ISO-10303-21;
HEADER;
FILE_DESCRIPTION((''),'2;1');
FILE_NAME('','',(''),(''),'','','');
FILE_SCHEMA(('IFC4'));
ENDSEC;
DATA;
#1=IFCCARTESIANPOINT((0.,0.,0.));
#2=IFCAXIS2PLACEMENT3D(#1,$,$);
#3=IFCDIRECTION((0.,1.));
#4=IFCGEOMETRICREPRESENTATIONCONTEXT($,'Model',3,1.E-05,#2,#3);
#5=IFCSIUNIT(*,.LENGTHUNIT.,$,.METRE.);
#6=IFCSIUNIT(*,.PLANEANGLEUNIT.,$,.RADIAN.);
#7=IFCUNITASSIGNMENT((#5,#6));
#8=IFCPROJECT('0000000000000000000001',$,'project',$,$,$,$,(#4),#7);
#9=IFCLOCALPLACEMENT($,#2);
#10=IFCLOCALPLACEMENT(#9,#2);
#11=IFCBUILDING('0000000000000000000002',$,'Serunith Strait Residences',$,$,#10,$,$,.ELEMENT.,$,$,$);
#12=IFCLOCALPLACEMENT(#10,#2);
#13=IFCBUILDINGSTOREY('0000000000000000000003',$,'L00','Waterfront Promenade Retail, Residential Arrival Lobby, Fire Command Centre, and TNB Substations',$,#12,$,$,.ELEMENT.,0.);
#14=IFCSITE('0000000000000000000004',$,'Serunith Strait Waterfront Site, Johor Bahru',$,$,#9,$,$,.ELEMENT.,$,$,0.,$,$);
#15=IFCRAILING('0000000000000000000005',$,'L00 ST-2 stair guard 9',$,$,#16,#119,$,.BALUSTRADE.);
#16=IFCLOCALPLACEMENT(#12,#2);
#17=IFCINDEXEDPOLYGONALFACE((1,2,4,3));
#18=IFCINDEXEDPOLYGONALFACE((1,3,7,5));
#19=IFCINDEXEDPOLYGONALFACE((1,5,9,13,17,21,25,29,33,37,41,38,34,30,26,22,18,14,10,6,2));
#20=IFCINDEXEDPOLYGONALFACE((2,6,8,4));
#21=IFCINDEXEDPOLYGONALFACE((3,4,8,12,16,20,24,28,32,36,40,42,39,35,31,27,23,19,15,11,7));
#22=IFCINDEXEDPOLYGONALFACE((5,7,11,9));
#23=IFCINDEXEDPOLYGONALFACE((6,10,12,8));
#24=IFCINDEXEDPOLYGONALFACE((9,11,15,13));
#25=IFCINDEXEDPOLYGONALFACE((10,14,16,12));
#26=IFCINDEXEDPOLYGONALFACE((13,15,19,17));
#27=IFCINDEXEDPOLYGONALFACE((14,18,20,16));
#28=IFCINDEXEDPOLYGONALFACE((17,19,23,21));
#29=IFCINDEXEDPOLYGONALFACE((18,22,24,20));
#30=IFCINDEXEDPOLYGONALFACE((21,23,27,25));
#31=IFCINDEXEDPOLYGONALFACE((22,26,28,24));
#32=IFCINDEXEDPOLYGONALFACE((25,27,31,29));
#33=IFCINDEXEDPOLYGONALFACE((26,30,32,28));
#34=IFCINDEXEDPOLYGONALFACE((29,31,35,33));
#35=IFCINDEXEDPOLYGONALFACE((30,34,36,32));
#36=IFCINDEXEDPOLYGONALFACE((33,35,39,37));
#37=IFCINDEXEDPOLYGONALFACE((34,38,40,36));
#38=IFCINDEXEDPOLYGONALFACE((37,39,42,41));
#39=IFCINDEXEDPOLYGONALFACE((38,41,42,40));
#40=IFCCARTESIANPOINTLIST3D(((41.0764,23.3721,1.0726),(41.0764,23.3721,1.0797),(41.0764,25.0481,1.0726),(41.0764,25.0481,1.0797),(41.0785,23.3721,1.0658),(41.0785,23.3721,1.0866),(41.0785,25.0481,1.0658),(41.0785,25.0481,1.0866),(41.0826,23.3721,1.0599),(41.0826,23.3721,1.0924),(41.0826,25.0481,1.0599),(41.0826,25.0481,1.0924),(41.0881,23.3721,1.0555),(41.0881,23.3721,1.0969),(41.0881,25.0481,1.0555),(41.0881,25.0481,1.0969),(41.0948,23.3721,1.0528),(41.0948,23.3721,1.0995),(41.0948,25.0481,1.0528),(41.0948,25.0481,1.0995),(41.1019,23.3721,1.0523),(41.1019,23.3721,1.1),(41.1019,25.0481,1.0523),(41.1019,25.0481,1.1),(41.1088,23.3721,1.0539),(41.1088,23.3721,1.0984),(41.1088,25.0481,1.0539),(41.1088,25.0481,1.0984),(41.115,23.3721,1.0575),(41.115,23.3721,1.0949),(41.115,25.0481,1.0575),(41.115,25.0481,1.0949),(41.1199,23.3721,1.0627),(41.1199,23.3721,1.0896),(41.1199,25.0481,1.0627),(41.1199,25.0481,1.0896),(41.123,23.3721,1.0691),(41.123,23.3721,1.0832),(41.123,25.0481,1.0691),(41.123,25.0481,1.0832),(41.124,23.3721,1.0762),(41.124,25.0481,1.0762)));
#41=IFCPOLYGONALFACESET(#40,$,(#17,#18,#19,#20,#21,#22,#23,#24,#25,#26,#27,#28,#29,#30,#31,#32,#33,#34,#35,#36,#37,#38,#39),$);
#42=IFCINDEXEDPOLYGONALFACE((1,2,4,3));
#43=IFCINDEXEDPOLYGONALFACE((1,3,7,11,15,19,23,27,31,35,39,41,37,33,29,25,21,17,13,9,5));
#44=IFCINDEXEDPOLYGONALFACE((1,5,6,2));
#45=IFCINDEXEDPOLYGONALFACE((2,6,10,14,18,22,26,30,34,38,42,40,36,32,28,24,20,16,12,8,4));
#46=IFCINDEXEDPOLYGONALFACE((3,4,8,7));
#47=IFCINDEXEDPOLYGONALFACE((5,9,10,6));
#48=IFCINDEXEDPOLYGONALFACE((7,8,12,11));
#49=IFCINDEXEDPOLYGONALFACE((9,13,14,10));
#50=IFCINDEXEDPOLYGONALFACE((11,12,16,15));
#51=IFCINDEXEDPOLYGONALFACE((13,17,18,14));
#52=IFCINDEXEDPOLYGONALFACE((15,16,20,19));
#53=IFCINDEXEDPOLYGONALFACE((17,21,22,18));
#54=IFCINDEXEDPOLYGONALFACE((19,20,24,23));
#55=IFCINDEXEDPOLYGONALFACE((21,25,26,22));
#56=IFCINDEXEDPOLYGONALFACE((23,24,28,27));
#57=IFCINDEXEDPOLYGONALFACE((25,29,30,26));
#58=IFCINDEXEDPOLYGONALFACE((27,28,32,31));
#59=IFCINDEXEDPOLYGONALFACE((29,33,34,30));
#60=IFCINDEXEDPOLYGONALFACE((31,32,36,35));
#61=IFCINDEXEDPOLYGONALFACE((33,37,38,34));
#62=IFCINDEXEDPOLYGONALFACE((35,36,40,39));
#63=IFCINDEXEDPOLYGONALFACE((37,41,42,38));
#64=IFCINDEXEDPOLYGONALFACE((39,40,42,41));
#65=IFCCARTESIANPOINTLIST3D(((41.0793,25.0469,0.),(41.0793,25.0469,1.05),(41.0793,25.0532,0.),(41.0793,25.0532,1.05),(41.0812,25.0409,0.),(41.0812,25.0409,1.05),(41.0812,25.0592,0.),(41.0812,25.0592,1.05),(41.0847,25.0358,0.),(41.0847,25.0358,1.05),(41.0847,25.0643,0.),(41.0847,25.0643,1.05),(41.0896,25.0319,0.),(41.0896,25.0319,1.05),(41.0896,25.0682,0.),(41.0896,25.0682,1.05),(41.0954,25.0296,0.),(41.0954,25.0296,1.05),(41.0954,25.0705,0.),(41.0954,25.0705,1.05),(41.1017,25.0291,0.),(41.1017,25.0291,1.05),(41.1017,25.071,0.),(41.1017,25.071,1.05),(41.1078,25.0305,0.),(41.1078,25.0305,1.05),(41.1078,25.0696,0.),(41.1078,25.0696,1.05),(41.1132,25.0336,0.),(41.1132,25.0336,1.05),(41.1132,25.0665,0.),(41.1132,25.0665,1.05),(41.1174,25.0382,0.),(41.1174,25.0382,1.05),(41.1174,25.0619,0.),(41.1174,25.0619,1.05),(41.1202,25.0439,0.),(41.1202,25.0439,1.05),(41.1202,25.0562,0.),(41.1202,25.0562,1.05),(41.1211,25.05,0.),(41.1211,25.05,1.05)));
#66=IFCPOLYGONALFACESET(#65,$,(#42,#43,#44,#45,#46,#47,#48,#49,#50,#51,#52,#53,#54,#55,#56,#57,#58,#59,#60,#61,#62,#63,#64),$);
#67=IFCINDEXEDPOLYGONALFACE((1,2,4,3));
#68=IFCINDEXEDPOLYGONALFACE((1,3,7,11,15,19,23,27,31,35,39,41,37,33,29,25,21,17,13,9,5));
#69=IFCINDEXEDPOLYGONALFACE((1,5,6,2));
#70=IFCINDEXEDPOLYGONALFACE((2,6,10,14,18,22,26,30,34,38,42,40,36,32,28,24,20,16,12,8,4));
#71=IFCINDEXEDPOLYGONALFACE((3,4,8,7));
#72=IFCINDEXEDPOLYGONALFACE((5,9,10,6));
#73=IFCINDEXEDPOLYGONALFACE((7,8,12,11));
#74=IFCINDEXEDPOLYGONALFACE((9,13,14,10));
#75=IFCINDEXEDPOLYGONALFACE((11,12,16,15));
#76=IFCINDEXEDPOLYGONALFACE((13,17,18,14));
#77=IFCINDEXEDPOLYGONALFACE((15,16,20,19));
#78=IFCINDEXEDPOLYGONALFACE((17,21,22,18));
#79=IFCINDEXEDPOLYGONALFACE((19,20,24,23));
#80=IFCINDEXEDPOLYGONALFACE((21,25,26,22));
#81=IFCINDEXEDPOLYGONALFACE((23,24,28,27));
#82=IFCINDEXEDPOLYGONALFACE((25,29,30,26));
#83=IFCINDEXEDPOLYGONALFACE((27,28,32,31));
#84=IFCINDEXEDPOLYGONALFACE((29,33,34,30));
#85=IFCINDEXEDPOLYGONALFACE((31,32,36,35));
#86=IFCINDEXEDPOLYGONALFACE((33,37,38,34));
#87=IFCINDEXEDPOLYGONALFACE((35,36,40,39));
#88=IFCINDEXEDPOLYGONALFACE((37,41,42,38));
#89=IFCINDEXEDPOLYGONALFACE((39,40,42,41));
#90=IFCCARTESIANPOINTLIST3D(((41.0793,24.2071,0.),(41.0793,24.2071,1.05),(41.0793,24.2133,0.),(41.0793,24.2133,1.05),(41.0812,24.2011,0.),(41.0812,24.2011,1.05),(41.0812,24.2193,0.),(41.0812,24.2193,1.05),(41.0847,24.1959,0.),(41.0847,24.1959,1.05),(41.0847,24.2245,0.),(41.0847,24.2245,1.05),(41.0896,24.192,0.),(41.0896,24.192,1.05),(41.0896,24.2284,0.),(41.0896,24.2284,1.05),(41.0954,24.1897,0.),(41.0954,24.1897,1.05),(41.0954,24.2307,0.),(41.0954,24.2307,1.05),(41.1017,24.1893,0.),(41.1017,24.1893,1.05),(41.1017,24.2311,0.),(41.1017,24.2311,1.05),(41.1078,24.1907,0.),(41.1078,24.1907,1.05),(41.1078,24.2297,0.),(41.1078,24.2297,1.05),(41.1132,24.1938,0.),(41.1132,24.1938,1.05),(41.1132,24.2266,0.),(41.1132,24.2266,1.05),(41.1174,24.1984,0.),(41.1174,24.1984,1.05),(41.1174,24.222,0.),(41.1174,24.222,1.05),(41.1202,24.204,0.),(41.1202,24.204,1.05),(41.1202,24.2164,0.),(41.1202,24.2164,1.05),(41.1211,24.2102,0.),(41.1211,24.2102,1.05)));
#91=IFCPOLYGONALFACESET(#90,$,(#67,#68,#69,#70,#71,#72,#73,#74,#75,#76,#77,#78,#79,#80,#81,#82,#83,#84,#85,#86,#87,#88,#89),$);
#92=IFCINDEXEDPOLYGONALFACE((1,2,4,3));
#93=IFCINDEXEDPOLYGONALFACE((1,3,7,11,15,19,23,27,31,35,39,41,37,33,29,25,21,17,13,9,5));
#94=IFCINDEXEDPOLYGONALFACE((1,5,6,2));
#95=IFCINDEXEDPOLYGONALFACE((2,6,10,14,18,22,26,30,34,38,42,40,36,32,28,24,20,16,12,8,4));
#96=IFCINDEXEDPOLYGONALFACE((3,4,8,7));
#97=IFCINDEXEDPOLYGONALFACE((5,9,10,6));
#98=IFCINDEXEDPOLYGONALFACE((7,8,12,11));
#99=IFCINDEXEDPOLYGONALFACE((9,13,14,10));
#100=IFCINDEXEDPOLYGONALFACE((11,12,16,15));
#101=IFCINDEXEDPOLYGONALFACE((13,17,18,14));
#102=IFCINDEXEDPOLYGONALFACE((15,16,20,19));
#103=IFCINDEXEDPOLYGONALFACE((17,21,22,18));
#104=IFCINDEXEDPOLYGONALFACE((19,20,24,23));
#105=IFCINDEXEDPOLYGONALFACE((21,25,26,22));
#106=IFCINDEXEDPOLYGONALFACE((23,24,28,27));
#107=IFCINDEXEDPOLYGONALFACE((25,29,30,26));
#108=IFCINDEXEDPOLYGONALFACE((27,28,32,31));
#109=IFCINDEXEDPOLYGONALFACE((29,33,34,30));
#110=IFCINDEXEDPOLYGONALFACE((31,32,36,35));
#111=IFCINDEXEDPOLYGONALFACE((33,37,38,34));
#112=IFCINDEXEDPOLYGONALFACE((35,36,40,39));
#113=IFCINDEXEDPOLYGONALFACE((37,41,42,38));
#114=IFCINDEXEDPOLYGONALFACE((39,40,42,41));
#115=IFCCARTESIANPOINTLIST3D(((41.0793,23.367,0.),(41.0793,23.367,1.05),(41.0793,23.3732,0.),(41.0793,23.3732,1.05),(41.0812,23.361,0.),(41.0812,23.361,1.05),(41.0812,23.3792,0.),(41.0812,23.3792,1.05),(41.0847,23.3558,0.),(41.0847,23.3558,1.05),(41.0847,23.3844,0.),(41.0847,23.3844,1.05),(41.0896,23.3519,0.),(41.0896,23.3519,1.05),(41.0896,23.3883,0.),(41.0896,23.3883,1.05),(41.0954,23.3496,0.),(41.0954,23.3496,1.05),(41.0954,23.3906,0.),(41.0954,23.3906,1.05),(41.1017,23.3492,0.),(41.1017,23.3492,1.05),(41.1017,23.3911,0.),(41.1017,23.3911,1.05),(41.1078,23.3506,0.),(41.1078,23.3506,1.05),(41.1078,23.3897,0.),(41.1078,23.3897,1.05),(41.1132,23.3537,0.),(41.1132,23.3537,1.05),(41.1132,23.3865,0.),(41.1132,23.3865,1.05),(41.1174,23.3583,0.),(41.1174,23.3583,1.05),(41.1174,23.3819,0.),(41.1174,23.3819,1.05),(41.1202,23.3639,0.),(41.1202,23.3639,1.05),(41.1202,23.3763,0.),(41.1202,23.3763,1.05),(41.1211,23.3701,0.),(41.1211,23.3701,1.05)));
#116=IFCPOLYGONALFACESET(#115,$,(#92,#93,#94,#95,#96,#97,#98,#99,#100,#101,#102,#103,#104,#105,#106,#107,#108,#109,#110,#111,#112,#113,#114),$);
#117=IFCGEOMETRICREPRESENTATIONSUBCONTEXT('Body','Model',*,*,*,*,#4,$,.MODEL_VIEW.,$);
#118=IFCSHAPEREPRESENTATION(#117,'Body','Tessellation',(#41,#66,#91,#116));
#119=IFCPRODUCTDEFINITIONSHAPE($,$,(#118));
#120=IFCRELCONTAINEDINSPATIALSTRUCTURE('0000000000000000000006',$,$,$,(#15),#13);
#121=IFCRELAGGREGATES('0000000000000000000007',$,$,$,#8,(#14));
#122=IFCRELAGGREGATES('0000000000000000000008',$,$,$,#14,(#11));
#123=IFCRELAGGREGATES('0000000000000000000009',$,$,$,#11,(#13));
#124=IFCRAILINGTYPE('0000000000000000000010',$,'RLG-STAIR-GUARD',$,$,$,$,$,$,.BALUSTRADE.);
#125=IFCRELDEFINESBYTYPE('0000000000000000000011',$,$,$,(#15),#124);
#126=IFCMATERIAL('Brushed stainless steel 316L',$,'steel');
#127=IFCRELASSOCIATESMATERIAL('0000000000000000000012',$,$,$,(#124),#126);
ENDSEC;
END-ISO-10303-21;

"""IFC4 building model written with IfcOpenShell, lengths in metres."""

from ifc_helpers import new_model, si_unit, direction, frame, origin, origin_2d, place, context, subcontext, project, spatial, circle, extrude, material, type_object, element, save


model = new_model("IFC4")

# Units and contexts
model_context = context("Model", 3, precision=1e-05, world=origin(), true_north=direction((0.0, 1.0)))
body_context = subcontext(model_context, "Body", "Model", "MODEL_VIEW")
ifc_project = project(units=[si_unit("LENGTHUNIT", "METRE"), si_unit("PLANEANGLEUNIT", "RADIAN")], contexts=[model_context])

# Site, building, storey
site_placement = place(None, origin())
site = spatial("IfcSite", under=ifc_project, at=site_placement, Name="Serunith Strait Waterfront Site, Johor Bahru", CompositionType="ELEMENT", RefElevation=0.0)
building_placement = place(site_placement, origin())
building = spatial("IfcBuilding", under=site, at=building_placement, Name="Serunith Strait Residences", CompositionType="ELEMENT")
storey_placement = place(building_placement, origin())
storey = spatial("IfcBuildingStorey", under=building, at=storey_placement, Name="L00", Description="Waterfront Promenade Retail, Residential Arrival Lobby, Fire Command Centre, and TNB Substations", CompositionType="ELEMENT", Elevation=0.0)

# Railing
ifc_material_1 = material(Name="Brushed stainless steel 316L", Category="steel")
railing_type_1 = type_object("IfcRailingType", Name="RLG-STAIR-GUARD", PredefinedType="BALUSTRADE", material=ifc_material_1)
railing_1_placement = place(storey_placement, frame((41.1001, 25.05, 0.0)))
element("IfcRailing", 1, at=railing_1_placement, inside=storey, type_object=railing_type_1, Name="L00 ST-2 stair guard 9", PredefinedType="BALUSTRADE", context=body_context, shape_type="SweptSolid", body=[
    extrude(circle(Radius=0.0239, at=origin_2d()), frame((0.0, -0.002, 1.0762), z_axis=(0.0, -1.0, 0.0), x_axis=(1.0, 0.0, 0.0)), (0.0, 0.0, 1.0), 1.676),
    extrude(circle(Radius=0.021, at=origin_2d()), origin(), (0.0, 0.0, 1.0), 1.05),
    extrude(circle(Radius=0.021, at=origin_2d()), frame((0.0, -0.8398, 0.0)), (0.0, 0.0, 1.0), 1.05),
    extrude(circle(Radius=0.021, at=origin_2d()), frame((0.0, -1.6799, 0.0)), (0.0, 0.0, 1.0), 1.05),
])

save(model, "model.ifc")
